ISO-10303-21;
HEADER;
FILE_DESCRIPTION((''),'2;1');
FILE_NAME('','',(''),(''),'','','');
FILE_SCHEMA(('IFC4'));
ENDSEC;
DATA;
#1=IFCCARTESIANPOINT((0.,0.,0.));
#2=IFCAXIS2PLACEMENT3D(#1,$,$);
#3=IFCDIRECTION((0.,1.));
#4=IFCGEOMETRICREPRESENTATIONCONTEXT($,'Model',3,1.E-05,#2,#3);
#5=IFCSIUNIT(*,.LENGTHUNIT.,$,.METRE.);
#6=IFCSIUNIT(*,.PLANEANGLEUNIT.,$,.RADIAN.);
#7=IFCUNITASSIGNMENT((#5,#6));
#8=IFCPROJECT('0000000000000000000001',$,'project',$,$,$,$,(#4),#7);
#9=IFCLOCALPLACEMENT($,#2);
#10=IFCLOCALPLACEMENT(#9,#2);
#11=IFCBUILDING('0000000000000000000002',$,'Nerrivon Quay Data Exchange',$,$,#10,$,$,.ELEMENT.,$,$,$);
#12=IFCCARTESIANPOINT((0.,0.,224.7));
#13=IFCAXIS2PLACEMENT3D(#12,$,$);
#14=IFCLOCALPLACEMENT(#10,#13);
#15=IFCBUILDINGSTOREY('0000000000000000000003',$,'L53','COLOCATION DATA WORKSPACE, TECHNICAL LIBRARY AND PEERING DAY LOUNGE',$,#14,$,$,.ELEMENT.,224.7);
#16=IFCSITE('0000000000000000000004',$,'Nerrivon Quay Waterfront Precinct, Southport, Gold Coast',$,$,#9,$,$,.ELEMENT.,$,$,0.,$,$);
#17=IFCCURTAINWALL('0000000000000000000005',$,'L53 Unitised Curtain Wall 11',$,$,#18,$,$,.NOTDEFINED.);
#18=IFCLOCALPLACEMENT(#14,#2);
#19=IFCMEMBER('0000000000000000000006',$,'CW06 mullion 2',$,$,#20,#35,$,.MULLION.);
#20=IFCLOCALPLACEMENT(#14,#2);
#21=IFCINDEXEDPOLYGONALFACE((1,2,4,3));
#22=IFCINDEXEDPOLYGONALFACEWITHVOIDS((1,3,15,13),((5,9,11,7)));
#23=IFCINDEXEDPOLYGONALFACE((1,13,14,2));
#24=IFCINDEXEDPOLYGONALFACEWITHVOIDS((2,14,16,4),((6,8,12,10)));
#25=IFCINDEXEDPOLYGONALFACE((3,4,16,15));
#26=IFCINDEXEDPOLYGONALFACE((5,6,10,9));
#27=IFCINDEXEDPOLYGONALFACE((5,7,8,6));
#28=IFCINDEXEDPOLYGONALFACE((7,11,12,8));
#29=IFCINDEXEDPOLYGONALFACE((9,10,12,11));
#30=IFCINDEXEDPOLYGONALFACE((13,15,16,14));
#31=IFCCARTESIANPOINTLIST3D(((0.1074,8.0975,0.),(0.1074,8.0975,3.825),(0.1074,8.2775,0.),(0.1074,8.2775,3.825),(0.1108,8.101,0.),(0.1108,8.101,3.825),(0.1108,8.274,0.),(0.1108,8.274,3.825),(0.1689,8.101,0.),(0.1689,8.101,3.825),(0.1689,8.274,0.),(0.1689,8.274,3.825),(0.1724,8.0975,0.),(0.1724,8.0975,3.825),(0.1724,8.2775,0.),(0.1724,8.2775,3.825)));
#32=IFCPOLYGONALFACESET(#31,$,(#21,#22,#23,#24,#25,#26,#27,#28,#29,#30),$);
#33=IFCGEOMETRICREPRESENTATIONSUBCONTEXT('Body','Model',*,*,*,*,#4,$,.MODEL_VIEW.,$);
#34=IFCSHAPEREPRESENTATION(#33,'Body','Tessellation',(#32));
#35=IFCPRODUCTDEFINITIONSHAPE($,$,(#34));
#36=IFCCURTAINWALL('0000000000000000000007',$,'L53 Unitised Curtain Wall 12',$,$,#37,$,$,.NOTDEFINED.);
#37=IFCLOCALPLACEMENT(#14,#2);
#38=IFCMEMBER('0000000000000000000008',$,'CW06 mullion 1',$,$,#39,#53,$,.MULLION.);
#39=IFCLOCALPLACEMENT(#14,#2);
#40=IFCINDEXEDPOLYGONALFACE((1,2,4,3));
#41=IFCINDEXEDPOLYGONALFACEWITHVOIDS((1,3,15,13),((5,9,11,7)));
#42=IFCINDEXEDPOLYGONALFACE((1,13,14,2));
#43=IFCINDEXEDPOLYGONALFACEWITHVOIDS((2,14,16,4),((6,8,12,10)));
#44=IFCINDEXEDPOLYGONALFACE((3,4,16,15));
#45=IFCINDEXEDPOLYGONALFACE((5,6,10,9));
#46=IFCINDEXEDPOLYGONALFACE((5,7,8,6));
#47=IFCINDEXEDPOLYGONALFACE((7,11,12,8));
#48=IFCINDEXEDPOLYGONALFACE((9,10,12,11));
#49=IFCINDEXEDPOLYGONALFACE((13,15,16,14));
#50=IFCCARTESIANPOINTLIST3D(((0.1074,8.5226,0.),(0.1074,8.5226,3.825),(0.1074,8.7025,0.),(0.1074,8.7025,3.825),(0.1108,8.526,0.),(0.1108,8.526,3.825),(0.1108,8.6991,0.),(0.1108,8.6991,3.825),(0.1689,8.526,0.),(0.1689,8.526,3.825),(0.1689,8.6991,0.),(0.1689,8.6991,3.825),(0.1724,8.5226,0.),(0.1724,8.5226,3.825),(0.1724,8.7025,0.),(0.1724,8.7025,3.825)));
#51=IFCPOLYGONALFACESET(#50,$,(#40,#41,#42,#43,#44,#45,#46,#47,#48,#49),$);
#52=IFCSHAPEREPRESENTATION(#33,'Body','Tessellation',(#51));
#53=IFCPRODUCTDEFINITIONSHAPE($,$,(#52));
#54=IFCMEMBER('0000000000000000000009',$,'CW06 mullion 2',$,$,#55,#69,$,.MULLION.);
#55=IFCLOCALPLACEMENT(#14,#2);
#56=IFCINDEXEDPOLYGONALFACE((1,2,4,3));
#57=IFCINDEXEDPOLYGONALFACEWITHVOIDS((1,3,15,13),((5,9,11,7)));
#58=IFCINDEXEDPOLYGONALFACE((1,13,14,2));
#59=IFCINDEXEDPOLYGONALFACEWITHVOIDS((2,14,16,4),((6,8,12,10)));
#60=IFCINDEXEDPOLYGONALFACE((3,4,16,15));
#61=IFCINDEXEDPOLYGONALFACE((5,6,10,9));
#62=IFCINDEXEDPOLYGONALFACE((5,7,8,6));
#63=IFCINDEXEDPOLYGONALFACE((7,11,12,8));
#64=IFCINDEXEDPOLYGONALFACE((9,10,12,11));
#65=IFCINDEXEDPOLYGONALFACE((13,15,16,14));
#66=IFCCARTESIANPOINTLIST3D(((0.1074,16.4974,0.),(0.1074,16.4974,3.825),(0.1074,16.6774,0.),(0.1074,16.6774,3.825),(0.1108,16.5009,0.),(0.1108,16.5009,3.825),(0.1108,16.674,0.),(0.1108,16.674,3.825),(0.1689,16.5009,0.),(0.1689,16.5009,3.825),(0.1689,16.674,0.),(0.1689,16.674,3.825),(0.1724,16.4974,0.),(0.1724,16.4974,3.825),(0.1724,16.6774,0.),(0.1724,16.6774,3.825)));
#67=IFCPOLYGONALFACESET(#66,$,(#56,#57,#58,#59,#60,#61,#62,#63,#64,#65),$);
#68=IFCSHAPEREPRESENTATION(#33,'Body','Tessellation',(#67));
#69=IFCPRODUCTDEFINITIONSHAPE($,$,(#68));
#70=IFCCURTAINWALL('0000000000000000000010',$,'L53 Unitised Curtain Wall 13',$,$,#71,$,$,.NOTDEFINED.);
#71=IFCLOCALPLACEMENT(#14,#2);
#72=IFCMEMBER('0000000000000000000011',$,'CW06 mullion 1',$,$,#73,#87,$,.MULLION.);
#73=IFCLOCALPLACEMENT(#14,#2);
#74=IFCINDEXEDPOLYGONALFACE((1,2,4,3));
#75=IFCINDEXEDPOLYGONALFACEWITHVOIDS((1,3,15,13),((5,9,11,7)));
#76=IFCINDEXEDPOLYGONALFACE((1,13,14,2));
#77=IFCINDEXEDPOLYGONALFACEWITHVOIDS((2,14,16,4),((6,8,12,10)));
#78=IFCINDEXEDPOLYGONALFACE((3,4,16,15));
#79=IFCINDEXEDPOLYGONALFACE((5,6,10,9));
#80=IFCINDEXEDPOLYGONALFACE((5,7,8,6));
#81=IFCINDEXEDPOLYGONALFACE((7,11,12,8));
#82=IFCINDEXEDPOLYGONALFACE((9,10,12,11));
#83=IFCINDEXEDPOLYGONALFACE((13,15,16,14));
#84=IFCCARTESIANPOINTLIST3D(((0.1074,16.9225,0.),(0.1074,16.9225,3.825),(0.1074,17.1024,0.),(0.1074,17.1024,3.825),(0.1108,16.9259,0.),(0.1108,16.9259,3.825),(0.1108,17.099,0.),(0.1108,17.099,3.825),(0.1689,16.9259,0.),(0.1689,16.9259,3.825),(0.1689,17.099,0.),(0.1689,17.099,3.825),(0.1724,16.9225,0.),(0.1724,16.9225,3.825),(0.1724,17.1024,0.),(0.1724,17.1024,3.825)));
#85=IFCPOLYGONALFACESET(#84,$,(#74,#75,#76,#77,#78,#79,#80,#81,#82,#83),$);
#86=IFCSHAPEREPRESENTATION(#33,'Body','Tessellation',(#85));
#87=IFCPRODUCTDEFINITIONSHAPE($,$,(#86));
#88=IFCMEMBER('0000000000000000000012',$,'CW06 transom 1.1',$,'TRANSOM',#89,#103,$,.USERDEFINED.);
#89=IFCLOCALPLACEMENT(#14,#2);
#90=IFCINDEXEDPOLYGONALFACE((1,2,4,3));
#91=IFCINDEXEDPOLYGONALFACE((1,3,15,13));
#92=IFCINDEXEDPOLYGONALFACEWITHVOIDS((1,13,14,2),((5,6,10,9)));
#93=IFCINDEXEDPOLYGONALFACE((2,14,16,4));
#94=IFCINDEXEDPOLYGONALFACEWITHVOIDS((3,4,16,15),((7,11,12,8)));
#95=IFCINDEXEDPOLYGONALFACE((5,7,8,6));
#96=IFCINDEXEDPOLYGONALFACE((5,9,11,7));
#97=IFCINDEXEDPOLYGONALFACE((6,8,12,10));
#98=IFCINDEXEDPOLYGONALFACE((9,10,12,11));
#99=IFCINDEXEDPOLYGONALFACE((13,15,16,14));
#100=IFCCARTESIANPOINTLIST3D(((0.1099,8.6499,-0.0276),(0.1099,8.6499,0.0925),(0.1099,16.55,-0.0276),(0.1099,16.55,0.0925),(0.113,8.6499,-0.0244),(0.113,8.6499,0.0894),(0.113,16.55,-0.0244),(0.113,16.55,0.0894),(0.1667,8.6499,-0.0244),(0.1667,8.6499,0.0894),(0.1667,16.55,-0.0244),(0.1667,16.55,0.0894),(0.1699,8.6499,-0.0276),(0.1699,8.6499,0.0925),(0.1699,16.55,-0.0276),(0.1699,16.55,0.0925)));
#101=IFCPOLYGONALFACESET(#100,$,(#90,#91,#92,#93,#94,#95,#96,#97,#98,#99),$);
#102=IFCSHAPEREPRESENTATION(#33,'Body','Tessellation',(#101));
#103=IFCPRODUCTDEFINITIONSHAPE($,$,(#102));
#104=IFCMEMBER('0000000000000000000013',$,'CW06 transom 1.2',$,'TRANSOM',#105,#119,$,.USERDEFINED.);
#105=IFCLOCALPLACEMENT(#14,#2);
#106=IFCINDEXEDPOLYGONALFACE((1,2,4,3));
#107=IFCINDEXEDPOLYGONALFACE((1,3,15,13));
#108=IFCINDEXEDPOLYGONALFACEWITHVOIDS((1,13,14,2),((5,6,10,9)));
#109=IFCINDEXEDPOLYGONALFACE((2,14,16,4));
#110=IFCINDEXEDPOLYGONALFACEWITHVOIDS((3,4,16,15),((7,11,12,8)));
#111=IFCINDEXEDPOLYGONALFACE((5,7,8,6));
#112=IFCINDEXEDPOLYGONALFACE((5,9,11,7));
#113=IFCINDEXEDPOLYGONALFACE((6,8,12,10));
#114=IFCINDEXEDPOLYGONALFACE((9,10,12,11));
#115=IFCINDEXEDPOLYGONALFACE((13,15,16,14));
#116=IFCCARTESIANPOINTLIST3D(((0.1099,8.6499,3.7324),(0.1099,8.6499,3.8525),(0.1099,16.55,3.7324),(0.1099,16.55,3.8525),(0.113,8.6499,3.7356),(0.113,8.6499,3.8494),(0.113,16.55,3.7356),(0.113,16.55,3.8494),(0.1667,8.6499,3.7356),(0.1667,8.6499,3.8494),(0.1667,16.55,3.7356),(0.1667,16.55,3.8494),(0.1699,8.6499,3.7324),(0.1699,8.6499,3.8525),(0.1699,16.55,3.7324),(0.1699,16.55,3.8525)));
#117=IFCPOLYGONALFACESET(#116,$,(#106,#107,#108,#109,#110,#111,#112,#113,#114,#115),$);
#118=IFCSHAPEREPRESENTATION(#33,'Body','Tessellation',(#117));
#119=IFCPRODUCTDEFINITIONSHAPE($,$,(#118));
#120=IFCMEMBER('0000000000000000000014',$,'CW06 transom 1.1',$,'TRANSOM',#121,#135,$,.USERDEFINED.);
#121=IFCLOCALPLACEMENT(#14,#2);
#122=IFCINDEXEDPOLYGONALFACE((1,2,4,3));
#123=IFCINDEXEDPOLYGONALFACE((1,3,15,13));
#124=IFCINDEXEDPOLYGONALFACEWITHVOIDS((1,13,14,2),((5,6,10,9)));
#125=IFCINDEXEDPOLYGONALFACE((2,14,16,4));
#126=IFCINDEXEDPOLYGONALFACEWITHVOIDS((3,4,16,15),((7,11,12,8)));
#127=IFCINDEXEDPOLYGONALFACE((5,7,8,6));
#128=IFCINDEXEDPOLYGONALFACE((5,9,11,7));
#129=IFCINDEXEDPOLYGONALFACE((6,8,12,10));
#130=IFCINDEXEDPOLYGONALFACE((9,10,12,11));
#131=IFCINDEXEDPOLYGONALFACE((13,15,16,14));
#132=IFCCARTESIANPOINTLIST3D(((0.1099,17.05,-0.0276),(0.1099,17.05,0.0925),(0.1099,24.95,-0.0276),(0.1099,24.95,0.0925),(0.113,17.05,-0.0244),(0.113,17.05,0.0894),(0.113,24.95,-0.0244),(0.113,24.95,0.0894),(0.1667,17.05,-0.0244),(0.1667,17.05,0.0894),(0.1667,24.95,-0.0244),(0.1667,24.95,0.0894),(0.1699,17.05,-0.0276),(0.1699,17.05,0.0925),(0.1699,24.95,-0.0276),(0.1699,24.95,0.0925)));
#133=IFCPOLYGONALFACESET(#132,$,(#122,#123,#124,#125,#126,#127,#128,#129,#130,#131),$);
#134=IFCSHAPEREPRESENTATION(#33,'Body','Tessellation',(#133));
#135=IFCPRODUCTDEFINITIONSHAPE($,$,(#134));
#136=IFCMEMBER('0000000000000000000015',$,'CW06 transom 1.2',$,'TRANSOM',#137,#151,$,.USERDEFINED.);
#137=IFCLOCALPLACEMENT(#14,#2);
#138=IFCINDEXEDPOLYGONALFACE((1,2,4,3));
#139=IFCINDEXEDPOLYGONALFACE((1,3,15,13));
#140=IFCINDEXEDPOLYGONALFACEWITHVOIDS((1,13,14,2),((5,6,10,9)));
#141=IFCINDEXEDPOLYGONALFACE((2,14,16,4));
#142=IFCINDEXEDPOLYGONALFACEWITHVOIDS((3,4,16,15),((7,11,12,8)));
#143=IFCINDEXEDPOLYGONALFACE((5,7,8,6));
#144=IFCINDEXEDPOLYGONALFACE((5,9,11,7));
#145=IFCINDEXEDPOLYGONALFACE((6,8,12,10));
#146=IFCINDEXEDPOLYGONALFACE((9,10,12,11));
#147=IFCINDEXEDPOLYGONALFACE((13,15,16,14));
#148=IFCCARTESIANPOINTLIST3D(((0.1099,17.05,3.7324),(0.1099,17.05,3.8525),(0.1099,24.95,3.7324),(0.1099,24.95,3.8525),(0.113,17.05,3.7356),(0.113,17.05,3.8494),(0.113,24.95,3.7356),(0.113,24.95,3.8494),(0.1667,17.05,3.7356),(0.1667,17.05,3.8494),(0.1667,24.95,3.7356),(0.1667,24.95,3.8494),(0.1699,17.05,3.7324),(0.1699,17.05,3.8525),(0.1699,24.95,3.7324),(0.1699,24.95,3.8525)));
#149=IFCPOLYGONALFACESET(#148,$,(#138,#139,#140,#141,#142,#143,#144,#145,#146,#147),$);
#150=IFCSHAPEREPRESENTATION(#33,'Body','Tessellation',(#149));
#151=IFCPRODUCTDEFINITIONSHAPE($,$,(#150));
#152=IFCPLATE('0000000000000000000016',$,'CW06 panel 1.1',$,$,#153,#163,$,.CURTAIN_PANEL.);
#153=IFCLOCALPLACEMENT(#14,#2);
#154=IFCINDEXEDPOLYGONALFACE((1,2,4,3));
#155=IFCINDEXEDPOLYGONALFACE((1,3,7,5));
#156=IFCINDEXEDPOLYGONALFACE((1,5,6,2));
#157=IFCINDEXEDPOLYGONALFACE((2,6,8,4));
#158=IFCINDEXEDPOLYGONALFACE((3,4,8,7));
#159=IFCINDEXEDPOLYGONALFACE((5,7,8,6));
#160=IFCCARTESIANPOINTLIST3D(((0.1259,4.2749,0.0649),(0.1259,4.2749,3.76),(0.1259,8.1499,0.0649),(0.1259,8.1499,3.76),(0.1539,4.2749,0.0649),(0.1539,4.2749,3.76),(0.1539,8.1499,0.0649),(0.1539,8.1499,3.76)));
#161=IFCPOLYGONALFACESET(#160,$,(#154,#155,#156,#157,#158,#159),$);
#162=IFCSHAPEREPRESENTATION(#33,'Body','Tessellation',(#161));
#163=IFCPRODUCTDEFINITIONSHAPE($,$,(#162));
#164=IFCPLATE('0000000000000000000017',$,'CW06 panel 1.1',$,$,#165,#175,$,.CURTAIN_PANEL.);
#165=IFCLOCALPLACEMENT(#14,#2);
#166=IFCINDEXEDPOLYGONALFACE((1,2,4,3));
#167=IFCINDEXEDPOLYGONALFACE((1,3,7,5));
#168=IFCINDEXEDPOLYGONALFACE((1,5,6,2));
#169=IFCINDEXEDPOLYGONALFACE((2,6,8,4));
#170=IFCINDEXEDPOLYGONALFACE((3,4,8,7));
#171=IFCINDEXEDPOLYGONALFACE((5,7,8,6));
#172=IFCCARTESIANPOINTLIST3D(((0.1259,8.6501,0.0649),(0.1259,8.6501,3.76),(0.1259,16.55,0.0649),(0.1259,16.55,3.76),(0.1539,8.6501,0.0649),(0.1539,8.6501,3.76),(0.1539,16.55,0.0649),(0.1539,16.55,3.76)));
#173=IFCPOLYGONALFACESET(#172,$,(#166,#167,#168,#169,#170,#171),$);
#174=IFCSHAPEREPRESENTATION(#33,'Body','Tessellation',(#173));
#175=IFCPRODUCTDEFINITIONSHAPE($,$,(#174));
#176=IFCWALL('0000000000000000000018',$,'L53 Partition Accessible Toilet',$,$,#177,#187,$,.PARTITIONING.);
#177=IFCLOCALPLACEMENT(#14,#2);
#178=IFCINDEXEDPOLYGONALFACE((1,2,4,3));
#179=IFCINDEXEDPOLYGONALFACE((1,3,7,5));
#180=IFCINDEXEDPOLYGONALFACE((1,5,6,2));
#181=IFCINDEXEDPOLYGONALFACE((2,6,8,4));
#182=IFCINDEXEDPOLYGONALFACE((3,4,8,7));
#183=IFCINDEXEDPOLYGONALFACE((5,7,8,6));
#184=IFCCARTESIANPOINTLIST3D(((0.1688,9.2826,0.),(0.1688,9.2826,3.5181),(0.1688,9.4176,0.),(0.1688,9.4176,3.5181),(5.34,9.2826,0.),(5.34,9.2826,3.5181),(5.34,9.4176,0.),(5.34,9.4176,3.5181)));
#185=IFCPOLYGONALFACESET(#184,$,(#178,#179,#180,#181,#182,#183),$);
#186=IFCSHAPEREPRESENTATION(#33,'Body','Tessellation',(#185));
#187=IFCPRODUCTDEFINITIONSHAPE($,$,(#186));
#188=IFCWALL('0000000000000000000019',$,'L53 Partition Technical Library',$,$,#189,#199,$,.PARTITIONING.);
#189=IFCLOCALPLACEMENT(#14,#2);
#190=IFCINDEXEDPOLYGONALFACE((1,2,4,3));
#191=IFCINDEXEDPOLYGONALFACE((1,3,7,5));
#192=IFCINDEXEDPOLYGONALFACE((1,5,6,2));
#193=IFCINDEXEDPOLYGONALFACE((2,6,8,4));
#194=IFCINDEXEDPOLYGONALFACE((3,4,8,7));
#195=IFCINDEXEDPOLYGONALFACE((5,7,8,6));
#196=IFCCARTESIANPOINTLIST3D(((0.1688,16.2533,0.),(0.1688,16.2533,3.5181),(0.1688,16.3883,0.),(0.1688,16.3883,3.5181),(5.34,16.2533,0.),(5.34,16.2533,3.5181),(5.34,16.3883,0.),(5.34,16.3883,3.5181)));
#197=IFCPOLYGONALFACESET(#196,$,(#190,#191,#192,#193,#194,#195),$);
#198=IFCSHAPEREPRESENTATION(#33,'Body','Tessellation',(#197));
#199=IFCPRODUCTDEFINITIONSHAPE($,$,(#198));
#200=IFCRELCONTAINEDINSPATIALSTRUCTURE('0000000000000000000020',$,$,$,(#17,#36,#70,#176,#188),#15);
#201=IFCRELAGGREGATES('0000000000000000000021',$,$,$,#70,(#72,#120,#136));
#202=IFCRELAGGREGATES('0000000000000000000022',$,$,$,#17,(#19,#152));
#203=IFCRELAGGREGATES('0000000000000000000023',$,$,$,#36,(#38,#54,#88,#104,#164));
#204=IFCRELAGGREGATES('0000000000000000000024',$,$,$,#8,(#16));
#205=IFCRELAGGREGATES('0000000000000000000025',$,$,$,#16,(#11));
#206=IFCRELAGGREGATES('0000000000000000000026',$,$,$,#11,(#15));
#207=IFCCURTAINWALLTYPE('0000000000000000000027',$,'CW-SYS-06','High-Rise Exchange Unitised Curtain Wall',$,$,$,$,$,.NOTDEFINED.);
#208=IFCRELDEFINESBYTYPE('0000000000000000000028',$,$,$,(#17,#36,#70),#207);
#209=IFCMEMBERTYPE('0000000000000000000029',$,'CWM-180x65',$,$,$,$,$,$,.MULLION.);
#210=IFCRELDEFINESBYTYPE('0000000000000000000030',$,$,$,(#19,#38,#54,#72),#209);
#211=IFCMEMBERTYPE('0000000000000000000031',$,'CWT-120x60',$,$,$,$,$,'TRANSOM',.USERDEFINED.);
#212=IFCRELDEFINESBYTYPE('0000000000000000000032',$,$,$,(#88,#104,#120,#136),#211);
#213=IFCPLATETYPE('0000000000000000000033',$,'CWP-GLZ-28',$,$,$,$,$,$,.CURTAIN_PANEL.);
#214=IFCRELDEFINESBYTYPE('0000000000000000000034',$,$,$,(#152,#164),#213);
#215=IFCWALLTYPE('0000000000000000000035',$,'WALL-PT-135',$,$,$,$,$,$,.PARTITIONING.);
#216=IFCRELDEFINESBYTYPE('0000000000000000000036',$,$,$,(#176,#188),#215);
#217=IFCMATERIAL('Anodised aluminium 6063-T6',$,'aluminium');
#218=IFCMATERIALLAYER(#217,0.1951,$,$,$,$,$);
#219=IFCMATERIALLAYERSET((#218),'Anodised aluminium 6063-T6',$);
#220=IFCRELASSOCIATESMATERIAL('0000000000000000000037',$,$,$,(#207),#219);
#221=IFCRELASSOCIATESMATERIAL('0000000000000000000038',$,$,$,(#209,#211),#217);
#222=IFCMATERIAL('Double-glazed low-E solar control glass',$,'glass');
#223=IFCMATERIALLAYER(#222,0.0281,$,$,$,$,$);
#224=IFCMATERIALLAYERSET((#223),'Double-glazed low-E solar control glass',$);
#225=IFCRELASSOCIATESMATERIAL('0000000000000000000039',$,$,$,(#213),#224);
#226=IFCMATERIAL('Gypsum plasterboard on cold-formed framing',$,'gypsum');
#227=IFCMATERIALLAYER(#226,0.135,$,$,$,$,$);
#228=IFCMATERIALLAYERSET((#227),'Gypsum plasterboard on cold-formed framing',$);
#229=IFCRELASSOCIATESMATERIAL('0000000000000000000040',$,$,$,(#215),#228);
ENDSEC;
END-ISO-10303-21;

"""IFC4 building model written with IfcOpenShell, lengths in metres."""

from ifc_helpers import new_model, si_unit, direction, frame, frame_2d, origin, origin_2d, place, context, subcontext, project, spatial, rectangle, hollow_rectangle, extrude, material, layer, layer_set, material_profile, profile_set, type_object, element, aggregate, save


model = new_model("IFC4")

# Units and contexts
model_context = context("Model", 3, precision=1e-05, world=origin(), true_north=direction((0.0, 1.0)))
body_context = subcontext(model_context, "Body", "Model", "MODEL_VIEW")
ifc_project = project(units=[si_unit("LENGTHUNIT", "METRE"), si_unit("PLANEANGLEUNIT", "RADIAN")], contexts=[model_context])

# Site, building, storey
site_placement = place(None, origin())
site = spatial("IfcSite", under=ifc_project, at=site_placement, Name="Nerrivon Quay Waterfront Precinct, Southport, Gold Coast", CompositionType="ELEMENT", RefElevation=0.0)
building_placement = place(site_placement, origin())
building = spatial("IfcBuilding", under=site, at=building_placement, Name="Nerrivon Quay Data Exchange", CompositionType="ELEMENT")
storey_placement = place(building_placement, frame((0.0, 0.0, 224.7)))
storey = spatial("IfcBuildingStorey", under=building, at=storey_placement, Name="L53", Description="COLOCATION DATA WORKSPACE, TECHNICAL LIBRARY AND PEERING DAY LOUNGE", CompositionType="ELEMENT", Elevation=224.7)

# Curtain wall, member
ifc_material_1 = material(Name="Anodised aluminium 6063-T6", Category="aluminium")
ifc_layer_1 = layer(ifc_material_1, 0.1951)
ifc_layer_set_1 = layer_set([ifc_layer_1], Name="Anodised aluminium 6063-T6")
curtain_wall_type = type_object("IfcCurtainWallType", Name="CW-SYS-06", Description="High-Rise Exchange Unitised Curtain Wall", PredefinedType="NOTDEFINED", material=ifc_layer_set_1)
curtain_wall_1_placement = place(storey_placement, origin())
curtain_wall_1 = element("IfcCurtainWall", 1, at=curtain_wall_1_placement, inside=storey, type_object=curtain_wall_type, Name="L53 Unitised Curtain Wall 11", PredefinedType="NOTDEFINED")
ifc_material_profile_1 = material_profile(ifc_material_1, hollow_rectangle(XDim=0.0649, YDim=0.1799, WallThickness=0.0034, at=origin_2d()), Name="ALU-MULL-180x65")
ifc_profile_set_1 = profile_set([ifc_material_profile_1], Name="Anodised aluminium 6063-T6")
member_type_1 = type_object("IfcMemberType", Name="CWM-180x65", PredefinedType="MULLION", material=ifc_profile_set_1)
member_1_placement = place(storey_placement, frame((0.1399, 8.1875, 0.0), z_axis=(0.0, 0.0, 1.0), x_axis=(-1.0, 0.0, 0.0)))
member_1 = element("IfcMember", 2, at=member_1_placement, type_object=member_type_1, Name="CW06 mullion 2", PredefinedType="MULLION", context=body_context, shape_type="SweptSolid", body=[
    extrude(hollow_rectangle(XDim=0.0649, YDim=0.1799, WallThickness=0.0034, at=origin_2d()), origin(), (0.0, 0.0, 1.0), 3.825),
])

# Curtain wall, members
curtain_wall_2_placement = place(storey_placement, origin())
curtain_wall_2 = element("IfcCurtainWall", 3, at=curtain_wall_2_placement, inside=storey, type_object=curtain_wall_type, Name="L53 Unitised Curtain Wall 12", PredefinedType="NOTDEFINED")
member_2_placement = place(storey_placement, frame((0.1399, 8.6125, 0.0), z_axis=(0.0, 0.0, 1.0), x_axis=(-1.0, 0.0, 0.0)))
member_2 = element("IfcMember", 4, at=member_2_placement, type_object=member_type_1, Name="CW06 mullion 1", PredefinedType="MULLION", context=body_context, shape_type="SweptSolid", body=[
    extrude(hollow_rectangle(XDim=0.0649, YDim=0.1799, WallThickness=0.0034, at=origin_2d()), origin(), (0.0, 0.0, 1.0), 3.825),
])
member_3_placement = place(storey_placement, frame((0.1399, 16.5874, 0.0), z_axis=(0.0, 0.0, 1.0), x_axis=(-1.0, 0.0, 0.0)))
member_3 = element("IfcMember", 5, at=member_3_placement, type_object=member_type_1, Name="CW06 mullion 2", PredefinedType="MULLION", context=body_context, shape_type="SweptSolid", body=[
    extrude(hollow_rectangle(XDim=0.0649, YDim=0.1799, WallThickness=0.0034, at=origin_2d()), origin(), (0.0, 0.0, 1.0), 3.825),
])

# Curtain wall, member
curtain_wall_3_placement = place(storey_placement, origin())
curtain_wall_3 = element("IfcCurtainWall", 6, at=curtain_wall_3_placement, inside=storey, type_object=curtain_wall_type, Name="L53 Unitised Curtain Wall 13", PredefinedType="NOTDEFINED")
member_4_placement = place(storey_placement, frame((0.1399, 17.0125, 0.0), z_axis=(0.0, 0.0, 1.0), x_axis=(-1.0, 0.0, 0.0)))
member_4 = element("IfcMember", 7, at=member_4_placement, type_object=member_type_1, Name="CW06 mullion 1", PredefinedType="MULLION", context=body_context, shape_type="SweptSolid", body=[
    extrude(hollow_rectangle(XDim=0.0649, YDim=0.1799, WallThickness=0.0034, at=origin_2d()), origin(), (0.0, 0.0, 1.0), 3.825),
])

# Members
ifc_material_profile_2 = material_profile(ifc_material_1, hollow_rectangle(XDim=0.0601, YDim=0.1201, WallThickness=0.0032, at=origin_2d()), Name="ALU-TRAN-120x60")
ifc_profile_set_2 = profile_set([ifc_material_profile_2], Name="Anodised aluminium 6063-T6")
member_type_2 = type_object("IfcMemberType", Name="CWT-120x60", ElementType="TRANSOM", PredefinedType="USERDEFINED", material=ifc_profile_set_2)
member_5_placement = place(storey_placement, frame((0.1399, 8.6499, 0.0325), z_axis=(0.0, 1.0, 0.0), x_axis=(-1.0, 0.0, 0.0)))
member_5 = element("IfcMember", 8, at=member_5_placement, type_object=member_type_2, Name="CW06 transom 1.1", ObjectType="TRANSOM", PredefinedType="USERDEFINED", context=body_context, shape_type="SweptSolid", body=[
    extrude(hollow_rectangle(XDim=0.0601, YDim=0.1201, WallThickness=0.0032, at=origin_2d()), origin(), (0.0, 0.0, 1.0), 7.9001),
])
member_6_placement = place(storey_placement, frame((0.1399, 8.6499, 3.7925), z_axis=(0.0, 1.0, 0.0), x_axis=(-1.0, 0.0, 0.0)))
member_6 = element("IfcMember", 9, at=member_6_placement, type_object=member_type_2, Name="CW06 transom 1.2", ObjectType="TRANSOM", PredefinedType="USERDEFINED", context=body_context, shape_type="SweptSolid", body=[
    extrude(hollow_rectangle(XDim=0.0601, YDim=0.1201, WallThickness=0.0032, at=origin_2d()), origin(), (0.0, 0.0, 1.0), 7.9001),
])
member_7_placement = place(storey_placement, frame((0.1399, 17.05, 0.0325), z_axis=(0.0, 1.0, 0.0), x_axis=(-1.0, 0.0, 0.0)))
member_7 = element("IfcMember", 10, at=member_7_placement, type_object=member_type_2, Name="CW06 transom 1.1", ObjectType="TRANSOM", PredefinedType="USERDEFINED", context=body_context, shape_type="SweptSolid", body=[
    extrude(hollow_rectangle(XDim=0.0601, YDim=0.1201, WallThickness=0.0032, at=origin_2d()), origin(), (0.0, 0.0, 1.0), 7.8999),
])
member_8_placement = place(storey_placement, frame((0.1399, 17.05, 3.7925), z_axis=(0.0, 1.0, 0.0), x_axis=(-1.0, 0.0, 0.0)))
member_8 = element("IfcMember", 11, at=member_8_placement, type_object=member_type_2, Name="CW06 transom 1.2", ObjectType="TRANSOM", PredefinedType="USERDEFINED", context=body_context, shape_type="SweptSolid", body=[
    extrude(hollow_rectangle(XDim=0.0601, YDim=0.1201, WallThickness=0.0032, at=origin_2d()), origin(), (0.0, 0.0, 1.0), 7.8999),
])
aggregate(curtain_wall_3, [member_4, member_7, member_8])

# Plates
ifc_material_2 = material(Name="Double-glazed low-E solar control glass", Category="glass")
ifc_layer_2 = layer(ifc_material_2, 0.0281)
ifc_layer_set_2 = layer_set([ifc_layer_2], Name="Double-glazed low-E solar control glass")
plate_type = type_object("IfcPlateType", Name="CWP-GLZ-28", PredefinedType="CURTAIN_PANEL", material=ifc_layer_set_2)
plate_1_placement = place(storey_placement, frame((0.1399, 6.2124, 0.0649), z_axis=(0.0, 0.0, 1.0), x_axis=(0.0, 1.0, 0.0)))
plate_1 = element("IfcPlate", 12, at=plate_1_placement, type_object=plate_type, Name="CW06 panel 1.1", PredefinedType="CURTAIN_PANEL", context=body_context, shape_type="SweptSolid", body=[
    extrude(rectangle(XDim=3.875, YDim=0.0281, at=origin_2d()), origin(), (0.0, 0.0, 1.0), 3.6951),
])
aggregate(curtain_wall_1, [member_1, plate_1])
plate_2_placement = place(storey_placement, frame((0.1399, 12.6001, 0.0649), z_axis=(0.0, 0.0, 1.0), x_axis=(0.0, 1.0, 0.0)))
plate_2 = element("IfcPlate", 13, at=plate_2_placement, type_object=plate_type, Name="CW06 panel 1.1", PredefinedType="CURTAIN_PANEL", context=body_context, shape_type="SweptSolid", body=[
    extrude(rectangle(XDim=7.8999, YDim=0.0281, at=origin_2d()), origin(), (0.0, 0.0, 1.0), 3.6951),
])
aggregate(curtain_wall_2, [member_2, member_3, member_5, member_6, plate_2])

# Walls
ifc_material_3 = material(Name="Gypsum plasterboard on cold-formed framing", Category="gypsum")
ifc_layer_3 = layer(ifc_material_3, 0.135)
ifc_layer_set_3 = layer_set([ifc_layer_3], Name="Gypsum plasterboard on cold-formed framing")
wall_type = type_object("IfcWallType", Name="WALL-PT-135", PredefinedType="PARTITIONING", material=ifc_layer_set_3)
for number, where, z_axis, x_axis, name in (
    (14, (0.1689, 9.3501, 0.0), (0.0, 0.0, 1.0), (1.0, 0.0, 0.0), "L53 Partition Accessible Toilet"),
    (15, (0.1689, 16.3208, 0.0), (0.0, 0.0, 1.0), (1.0, 0.0, 0.0), "L53 Partition Technical Library"),
):
    element("IfcWall", number, at=place(storey_placement, frame(where, z_axis=z_axis, x_axis=x_axis)), inside=storey, type_object=wall_type, Name=name, PredefinedType="PARTITIONING", context=body_context, shape_type="SweptSolid", body=[
        extrude(rectangle(XDim=5.1711, YDim=0.135, at=frame_2d((2.5854, 0.0))), origin(), (0.0, 0.0, 1.0), 3.5181),
    ])

save(model, "model.ifc")
